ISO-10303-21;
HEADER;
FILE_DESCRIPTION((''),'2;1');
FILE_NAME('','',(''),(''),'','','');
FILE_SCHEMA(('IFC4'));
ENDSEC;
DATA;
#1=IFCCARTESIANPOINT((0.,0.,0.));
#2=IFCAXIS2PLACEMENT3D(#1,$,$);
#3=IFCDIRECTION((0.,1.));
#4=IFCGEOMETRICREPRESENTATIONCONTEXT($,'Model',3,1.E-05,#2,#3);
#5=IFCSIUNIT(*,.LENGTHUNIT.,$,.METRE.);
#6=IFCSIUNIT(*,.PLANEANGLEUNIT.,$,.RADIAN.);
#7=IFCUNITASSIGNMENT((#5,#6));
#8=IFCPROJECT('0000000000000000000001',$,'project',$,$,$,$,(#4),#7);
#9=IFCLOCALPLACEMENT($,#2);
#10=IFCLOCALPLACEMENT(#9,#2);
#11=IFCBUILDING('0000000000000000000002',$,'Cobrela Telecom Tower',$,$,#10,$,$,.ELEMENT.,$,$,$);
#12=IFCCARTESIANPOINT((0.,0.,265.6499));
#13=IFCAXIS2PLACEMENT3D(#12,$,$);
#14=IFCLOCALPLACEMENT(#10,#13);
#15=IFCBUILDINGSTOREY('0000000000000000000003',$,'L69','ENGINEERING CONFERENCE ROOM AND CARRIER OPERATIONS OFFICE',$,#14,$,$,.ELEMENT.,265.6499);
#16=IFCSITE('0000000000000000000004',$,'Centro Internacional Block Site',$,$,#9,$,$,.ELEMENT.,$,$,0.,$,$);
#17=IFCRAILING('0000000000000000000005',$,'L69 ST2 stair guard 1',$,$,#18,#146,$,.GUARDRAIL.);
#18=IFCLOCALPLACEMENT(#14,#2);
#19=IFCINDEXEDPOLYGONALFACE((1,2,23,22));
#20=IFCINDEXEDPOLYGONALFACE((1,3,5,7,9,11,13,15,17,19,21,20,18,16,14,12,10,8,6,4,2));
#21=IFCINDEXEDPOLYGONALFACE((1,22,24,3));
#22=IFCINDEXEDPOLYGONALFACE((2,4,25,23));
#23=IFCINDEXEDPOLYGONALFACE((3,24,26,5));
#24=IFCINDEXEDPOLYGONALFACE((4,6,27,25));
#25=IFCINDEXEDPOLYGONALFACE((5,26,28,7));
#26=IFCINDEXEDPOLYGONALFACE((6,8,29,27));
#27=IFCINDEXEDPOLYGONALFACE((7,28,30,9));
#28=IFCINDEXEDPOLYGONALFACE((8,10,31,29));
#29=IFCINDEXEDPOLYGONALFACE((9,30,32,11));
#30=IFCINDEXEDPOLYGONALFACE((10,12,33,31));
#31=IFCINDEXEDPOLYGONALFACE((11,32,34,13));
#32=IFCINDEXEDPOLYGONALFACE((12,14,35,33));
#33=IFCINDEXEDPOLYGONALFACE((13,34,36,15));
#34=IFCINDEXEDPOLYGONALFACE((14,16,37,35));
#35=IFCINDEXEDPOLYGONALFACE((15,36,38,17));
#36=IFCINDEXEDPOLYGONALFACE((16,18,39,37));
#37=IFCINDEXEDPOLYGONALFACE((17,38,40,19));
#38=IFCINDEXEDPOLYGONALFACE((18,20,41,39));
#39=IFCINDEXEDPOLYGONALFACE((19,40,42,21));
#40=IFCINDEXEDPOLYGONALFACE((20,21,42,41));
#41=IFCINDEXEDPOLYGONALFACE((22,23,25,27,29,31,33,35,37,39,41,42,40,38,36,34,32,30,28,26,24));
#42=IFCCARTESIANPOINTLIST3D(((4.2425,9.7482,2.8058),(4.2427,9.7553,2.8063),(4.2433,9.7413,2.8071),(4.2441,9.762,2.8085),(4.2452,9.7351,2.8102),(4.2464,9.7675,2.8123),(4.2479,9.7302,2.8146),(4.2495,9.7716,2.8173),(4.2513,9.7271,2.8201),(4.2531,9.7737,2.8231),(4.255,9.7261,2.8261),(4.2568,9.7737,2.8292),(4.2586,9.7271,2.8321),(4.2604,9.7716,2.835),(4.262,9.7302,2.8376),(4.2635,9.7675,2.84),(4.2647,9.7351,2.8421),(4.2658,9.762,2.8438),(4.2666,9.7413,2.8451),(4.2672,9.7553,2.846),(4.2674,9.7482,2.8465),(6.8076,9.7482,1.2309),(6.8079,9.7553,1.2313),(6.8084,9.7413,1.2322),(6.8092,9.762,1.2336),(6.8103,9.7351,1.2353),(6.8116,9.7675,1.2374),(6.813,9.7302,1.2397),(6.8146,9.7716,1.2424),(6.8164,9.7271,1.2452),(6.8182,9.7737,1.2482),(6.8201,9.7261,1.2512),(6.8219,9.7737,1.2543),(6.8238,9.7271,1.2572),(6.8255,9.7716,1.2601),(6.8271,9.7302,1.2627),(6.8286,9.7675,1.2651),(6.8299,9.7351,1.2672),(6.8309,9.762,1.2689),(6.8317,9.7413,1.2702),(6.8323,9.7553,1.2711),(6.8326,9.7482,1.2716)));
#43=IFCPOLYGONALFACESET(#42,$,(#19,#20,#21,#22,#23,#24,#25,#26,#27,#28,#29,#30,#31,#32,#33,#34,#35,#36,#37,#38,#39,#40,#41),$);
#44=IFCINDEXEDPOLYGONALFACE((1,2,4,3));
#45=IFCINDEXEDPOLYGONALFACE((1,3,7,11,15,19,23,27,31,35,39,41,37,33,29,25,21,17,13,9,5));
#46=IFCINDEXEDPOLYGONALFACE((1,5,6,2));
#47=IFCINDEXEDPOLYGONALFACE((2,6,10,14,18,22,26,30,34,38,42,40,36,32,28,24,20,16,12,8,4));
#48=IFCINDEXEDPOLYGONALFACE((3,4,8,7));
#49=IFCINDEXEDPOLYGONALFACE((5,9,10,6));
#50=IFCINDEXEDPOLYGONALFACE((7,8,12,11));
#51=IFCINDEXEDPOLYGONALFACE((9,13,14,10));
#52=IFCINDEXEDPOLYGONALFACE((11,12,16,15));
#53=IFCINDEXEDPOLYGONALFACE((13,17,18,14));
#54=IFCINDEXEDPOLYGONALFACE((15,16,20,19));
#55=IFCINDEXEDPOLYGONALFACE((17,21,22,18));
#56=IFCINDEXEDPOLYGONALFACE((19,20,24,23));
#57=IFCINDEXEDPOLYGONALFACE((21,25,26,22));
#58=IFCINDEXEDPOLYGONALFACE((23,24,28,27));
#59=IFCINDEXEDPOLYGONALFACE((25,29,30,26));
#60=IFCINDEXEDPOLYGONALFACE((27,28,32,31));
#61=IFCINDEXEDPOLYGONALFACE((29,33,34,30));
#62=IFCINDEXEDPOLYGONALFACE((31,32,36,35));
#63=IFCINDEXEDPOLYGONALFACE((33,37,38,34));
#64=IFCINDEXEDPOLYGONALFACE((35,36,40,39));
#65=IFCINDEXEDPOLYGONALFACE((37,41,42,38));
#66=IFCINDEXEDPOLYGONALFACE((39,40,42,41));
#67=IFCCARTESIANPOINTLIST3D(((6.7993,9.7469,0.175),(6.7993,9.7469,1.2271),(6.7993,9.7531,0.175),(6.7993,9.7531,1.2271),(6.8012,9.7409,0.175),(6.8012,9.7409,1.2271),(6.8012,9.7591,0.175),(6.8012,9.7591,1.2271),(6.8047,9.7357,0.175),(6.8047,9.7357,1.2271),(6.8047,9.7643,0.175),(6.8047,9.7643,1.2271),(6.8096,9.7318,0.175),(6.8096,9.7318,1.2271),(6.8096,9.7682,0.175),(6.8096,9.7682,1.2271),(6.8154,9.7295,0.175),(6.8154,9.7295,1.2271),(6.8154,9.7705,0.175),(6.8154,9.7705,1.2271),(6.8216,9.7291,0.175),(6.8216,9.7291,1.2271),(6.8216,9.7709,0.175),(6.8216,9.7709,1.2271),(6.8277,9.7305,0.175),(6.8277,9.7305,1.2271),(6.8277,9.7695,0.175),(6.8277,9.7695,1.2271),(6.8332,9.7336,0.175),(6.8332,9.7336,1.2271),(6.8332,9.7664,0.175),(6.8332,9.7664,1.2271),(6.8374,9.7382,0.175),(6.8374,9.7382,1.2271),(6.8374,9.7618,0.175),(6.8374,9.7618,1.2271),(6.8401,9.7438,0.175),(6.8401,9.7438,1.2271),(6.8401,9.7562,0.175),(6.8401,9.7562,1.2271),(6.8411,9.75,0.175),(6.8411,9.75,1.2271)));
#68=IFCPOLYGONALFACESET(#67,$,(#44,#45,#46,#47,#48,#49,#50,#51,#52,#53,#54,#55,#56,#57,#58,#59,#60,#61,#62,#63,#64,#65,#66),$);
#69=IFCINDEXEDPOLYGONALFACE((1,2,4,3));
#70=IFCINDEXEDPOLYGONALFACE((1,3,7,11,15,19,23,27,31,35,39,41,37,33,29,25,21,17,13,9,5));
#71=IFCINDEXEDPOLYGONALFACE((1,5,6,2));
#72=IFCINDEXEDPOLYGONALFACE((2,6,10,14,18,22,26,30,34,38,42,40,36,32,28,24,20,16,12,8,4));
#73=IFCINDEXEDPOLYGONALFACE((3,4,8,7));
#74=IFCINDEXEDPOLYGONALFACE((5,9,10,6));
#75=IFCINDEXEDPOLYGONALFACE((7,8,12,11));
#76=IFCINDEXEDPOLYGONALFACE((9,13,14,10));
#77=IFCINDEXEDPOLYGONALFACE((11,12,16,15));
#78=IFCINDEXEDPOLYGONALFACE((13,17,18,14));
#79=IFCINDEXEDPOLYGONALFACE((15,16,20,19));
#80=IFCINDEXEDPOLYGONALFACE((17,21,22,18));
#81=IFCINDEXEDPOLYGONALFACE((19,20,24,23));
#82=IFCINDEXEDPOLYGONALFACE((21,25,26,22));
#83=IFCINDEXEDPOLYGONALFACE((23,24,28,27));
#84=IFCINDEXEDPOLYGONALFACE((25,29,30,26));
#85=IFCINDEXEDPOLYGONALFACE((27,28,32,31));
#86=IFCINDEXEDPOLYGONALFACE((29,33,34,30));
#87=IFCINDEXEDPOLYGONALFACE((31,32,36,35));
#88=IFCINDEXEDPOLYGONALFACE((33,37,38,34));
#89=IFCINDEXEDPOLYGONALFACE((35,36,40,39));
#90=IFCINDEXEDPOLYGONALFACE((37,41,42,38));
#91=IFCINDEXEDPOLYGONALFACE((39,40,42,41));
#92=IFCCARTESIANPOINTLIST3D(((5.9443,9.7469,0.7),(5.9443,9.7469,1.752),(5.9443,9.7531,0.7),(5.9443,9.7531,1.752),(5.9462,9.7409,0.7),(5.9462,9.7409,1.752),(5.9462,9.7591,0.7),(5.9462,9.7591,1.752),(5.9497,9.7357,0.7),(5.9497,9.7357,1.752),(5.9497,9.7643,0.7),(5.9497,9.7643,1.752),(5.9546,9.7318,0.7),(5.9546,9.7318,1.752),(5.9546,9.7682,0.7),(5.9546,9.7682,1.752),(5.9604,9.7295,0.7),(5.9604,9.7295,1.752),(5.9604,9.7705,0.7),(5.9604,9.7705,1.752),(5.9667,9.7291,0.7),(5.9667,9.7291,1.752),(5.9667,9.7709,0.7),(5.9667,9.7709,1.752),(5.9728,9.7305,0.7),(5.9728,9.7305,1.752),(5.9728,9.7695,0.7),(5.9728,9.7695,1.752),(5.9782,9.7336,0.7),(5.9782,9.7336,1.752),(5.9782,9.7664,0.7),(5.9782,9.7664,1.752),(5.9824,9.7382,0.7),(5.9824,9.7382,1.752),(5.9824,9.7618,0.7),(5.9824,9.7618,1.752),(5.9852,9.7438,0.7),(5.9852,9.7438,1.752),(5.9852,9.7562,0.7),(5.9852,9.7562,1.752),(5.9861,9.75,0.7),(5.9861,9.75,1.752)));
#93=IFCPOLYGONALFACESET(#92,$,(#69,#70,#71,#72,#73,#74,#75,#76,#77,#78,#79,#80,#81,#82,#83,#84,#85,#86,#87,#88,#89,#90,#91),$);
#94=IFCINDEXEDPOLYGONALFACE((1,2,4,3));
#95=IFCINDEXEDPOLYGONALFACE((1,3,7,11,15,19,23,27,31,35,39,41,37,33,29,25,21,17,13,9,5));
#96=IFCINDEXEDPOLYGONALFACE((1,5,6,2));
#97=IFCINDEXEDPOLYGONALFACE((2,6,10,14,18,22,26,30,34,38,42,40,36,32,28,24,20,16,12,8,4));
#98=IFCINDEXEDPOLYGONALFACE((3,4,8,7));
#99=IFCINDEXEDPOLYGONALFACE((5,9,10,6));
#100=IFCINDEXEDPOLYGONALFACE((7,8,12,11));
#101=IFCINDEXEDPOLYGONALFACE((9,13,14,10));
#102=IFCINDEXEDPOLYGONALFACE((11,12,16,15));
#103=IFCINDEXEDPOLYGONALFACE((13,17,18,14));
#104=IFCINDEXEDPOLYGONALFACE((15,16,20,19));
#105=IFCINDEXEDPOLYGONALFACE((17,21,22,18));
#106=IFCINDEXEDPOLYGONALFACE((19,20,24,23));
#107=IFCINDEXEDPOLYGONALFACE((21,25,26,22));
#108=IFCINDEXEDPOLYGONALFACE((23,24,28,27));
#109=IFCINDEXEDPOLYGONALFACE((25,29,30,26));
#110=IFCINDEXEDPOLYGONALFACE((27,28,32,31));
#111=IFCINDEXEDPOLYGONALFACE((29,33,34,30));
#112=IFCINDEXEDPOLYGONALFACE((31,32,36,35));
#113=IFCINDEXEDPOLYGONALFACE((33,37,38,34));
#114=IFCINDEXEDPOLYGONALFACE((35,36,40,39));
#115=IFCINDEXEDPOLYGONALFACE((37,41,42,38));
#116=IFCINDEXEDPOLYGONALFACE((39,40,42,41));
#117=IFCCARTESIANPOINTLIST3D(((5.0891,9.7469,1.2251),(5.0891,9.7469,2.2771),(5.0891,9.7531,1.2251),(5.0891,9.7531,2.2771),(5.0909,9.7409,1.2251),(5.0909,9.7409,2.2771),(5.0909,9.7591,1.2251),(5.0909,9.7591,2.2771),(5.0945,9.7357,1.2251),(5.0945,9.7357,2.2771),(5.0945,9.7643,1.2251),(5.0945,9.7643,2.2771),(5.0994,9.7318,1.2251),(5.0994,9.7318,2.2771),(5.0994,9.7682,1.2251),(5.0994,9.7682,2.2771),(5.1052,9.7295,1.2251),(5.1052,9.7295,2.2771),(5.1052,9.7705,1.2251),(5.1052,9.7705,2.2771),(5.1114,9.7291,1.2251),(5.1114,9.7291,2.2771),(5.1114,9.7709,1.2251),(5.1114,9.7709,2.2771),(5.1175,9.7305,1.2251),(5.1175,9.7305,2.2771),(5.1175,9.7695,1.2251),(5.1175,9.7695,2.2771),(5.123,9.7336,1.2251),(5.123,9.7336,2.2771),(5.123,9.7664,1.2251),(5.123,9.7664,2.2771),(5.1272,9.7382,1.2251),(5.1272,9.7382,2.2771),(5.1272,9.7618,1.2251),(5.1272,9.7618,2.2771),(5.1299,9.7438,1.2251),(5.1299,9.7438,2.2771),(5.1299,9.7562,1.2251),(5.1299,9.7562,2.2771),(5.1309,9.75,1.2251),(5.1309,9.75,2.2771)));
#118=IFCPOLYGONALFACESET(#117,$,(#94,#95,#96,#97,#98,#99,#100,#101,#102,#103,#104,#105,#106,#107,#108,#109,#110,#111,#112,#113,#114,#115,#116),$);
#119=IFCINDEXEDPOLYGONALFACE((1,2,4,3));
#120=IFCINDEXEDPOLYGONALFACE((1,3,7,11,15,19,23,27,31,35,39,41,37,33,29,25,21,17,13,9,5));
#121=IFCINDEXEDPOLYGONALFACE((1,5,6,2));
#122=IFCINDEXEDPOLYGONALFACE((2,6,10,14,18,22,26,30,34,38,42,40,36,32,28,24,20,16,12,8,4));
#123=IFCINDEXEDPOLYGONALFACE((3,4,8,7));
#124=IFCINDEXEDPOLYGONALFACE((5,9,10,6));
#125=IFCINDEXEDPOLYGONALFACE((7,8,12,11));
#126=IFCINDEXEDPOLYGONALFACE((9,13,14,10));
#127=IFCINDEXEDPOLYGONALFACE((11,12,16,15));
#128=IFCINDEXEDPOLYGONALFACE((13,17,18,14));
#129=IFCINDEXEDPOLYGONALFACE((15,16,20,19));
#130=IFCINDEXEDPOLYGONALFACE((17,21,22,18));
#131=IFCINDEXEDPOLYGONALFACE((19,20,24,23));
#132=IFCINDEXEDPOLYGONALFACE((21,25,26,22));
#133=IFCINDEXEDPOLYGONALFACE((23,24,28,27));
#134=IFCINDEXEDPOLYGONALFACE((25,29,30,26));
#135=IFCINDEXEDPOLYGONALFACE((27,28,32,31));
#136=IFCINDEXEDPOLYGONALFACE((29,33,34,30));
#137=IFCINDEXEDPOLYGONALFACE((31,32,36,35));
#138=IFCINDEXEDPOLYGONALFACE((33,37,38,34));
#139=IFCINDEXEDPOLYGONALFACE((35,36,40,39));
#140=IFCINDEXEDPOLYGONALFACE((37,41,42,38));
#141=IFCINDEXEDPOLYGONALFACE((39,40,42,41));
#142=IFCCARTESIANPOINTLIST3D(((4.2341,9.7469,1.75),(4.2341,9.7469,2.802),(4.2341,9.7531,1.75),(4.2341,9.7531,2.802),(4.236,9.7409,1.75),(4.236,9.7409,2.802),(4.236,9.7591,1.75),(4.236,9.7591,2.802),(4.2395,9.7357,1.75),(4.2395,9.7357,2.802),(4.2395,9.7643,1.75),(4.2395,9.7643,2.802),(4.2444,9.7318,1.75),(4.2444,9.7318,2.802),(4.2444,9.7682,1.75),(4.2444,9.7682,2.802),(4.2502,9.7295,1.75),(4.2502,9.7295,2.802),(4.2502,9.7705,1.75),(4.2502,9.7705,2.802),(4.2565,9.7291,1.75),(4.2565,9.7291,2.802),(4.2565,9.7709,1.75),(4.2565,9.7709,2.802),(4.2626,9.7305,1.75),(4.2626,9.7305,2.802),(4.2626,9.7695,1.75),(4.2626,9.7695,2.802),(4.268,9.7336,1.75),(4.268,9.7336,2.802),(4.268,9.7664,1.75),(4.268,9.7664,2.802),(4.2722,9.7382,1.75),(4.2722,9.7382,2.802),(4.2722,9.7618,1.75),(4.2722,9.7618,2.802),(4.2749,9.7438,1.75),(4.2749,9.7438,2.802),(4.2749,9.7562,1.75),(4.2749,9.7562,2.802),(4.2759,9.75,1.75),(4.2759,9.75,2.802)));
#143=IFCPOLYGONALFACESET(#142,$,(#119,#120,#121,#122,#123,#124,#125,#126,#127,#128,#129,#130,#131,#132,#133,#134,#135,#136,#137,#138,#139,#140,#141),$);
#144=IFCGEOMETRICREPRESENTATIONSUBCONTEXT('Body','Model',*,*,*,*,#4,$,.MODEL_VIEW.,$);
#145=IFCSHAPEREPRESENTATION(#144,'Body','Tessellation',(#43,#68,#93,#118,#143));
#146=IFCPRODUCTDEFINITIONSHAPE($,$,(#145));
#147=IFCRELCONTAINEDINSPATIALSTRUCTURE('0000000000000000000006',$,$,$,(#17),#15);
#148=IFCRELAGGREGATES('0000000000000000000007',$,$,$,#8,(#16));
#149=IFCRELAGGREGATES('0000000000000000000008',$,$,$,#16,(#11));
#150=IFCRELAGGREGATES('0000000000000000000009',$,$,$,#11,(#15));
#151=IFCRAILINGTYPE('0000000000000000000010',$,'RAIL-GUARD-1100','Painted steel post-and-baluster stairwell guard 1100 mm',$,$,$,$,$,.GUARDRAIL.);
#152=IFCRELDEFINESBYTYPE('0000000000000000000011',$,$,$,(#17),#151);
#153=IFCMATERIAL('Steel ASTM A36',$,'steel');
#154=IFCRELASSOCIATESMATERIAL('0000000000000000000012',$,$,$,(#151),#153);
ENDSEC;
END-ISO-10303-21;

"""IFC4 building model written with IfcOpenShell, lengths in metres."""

from ifc_helpers import new_model, si_unit, direction, frame, origin, origin_2d, place, context, subcontext, project, spatial, circle, extrude, material, type_object, element, save


model = new_model("IFC4")

# Units and contexts
model_context = context("Model", 3, precision=1e-05, world=origin(), true_north=direction((0.0, 1.0)))
body_context = subcontext(model_context, "Body", "Model", "MODEL_VIEW")
ifc_project = project(units=[si_unit("LENGTHUNIT", "METRE"), si_unit("PLANEANGLEUNIT", "RADIAN")], contexts=[model_context])

# Site, building, storey
site_placement = place(None, origin())
site = spatial("IfcSite", under=ifc_project, at=site_placement, Name="Centro Internacional Block Site", CompositionType="ELEMENT", RefElevation=0.0)
building_placement = place(site_placement, origin())
building = spatial("IfcBuilding", under=site, at=building_placement, Name="Cobrela Telecom Tower", CompositionType="ELEMENT")
storey_placement = place(building_placement, frame((0.0, 0.0, 265.6499)))
storey = spatial("IfcBuildingStorey", under=building, at=storey_placement, Name="L69", Description="ENGINEERING CONFERENCE ROOM AND CARRIER OPERATIONS OFFICE", CompositionType="ELEMENT", Elevation=265.6499)

# Railing
ifc_material_1 = material(Name="Steel ASTM A36", Category="steel")
railing_type_1 = type_object("IfcRailingType", Name="RAIL-GUARD-1100", Description="Painted steel post-and-baluster stairwell guard 1100 mm", PredefinedType="GUARDRAIL", material=ifc_material_1)
railing_1_placement = place(storey_placement, frame((6.8201, 9.75, 0.175)))
element("IfcRailing", 1, at=railing_1_placement, inside=storey, type_object=railing_type_1, Name="L69 ST2 stair guard 1", PredefinedType="GUARDRAIL", context=body_context, shape_type="SweptSolid", body=[
    extrude(circle(Radius=0.0239, at=origin_2d()), frame((0.0, 0.0, 1.0762), z_axis=(-0.852195, 0.0, 0.523224), x_axis=(0.0, -1.0, 0.0)), (0.0, 0.0, 1.0), 3.01),
    extrude(circle(Radius=0.021, at=origin_2d()), origin(), (0.0, 0.0, 1.0), 1.052),
    extrude(circle(Radius=0.021, at=origin_2d()), frame((-0.855, 0.0, 0.5249)), (0.0, 0.0, 1.0), 1.052),
    extrude(circle(Radius=0.021, at=origin_2d()), frame((-1.7102, 0.0, 1.05)), (0.0, 0.0, 1.0), 1.052),
    extrude(circle(Radius=0.021, at=origin_2d()), frame((-2.5652, 0.0, 1.575)), (0.0, 0.0, 1.0), 1.052),
])

save(model, "model.ifc")
